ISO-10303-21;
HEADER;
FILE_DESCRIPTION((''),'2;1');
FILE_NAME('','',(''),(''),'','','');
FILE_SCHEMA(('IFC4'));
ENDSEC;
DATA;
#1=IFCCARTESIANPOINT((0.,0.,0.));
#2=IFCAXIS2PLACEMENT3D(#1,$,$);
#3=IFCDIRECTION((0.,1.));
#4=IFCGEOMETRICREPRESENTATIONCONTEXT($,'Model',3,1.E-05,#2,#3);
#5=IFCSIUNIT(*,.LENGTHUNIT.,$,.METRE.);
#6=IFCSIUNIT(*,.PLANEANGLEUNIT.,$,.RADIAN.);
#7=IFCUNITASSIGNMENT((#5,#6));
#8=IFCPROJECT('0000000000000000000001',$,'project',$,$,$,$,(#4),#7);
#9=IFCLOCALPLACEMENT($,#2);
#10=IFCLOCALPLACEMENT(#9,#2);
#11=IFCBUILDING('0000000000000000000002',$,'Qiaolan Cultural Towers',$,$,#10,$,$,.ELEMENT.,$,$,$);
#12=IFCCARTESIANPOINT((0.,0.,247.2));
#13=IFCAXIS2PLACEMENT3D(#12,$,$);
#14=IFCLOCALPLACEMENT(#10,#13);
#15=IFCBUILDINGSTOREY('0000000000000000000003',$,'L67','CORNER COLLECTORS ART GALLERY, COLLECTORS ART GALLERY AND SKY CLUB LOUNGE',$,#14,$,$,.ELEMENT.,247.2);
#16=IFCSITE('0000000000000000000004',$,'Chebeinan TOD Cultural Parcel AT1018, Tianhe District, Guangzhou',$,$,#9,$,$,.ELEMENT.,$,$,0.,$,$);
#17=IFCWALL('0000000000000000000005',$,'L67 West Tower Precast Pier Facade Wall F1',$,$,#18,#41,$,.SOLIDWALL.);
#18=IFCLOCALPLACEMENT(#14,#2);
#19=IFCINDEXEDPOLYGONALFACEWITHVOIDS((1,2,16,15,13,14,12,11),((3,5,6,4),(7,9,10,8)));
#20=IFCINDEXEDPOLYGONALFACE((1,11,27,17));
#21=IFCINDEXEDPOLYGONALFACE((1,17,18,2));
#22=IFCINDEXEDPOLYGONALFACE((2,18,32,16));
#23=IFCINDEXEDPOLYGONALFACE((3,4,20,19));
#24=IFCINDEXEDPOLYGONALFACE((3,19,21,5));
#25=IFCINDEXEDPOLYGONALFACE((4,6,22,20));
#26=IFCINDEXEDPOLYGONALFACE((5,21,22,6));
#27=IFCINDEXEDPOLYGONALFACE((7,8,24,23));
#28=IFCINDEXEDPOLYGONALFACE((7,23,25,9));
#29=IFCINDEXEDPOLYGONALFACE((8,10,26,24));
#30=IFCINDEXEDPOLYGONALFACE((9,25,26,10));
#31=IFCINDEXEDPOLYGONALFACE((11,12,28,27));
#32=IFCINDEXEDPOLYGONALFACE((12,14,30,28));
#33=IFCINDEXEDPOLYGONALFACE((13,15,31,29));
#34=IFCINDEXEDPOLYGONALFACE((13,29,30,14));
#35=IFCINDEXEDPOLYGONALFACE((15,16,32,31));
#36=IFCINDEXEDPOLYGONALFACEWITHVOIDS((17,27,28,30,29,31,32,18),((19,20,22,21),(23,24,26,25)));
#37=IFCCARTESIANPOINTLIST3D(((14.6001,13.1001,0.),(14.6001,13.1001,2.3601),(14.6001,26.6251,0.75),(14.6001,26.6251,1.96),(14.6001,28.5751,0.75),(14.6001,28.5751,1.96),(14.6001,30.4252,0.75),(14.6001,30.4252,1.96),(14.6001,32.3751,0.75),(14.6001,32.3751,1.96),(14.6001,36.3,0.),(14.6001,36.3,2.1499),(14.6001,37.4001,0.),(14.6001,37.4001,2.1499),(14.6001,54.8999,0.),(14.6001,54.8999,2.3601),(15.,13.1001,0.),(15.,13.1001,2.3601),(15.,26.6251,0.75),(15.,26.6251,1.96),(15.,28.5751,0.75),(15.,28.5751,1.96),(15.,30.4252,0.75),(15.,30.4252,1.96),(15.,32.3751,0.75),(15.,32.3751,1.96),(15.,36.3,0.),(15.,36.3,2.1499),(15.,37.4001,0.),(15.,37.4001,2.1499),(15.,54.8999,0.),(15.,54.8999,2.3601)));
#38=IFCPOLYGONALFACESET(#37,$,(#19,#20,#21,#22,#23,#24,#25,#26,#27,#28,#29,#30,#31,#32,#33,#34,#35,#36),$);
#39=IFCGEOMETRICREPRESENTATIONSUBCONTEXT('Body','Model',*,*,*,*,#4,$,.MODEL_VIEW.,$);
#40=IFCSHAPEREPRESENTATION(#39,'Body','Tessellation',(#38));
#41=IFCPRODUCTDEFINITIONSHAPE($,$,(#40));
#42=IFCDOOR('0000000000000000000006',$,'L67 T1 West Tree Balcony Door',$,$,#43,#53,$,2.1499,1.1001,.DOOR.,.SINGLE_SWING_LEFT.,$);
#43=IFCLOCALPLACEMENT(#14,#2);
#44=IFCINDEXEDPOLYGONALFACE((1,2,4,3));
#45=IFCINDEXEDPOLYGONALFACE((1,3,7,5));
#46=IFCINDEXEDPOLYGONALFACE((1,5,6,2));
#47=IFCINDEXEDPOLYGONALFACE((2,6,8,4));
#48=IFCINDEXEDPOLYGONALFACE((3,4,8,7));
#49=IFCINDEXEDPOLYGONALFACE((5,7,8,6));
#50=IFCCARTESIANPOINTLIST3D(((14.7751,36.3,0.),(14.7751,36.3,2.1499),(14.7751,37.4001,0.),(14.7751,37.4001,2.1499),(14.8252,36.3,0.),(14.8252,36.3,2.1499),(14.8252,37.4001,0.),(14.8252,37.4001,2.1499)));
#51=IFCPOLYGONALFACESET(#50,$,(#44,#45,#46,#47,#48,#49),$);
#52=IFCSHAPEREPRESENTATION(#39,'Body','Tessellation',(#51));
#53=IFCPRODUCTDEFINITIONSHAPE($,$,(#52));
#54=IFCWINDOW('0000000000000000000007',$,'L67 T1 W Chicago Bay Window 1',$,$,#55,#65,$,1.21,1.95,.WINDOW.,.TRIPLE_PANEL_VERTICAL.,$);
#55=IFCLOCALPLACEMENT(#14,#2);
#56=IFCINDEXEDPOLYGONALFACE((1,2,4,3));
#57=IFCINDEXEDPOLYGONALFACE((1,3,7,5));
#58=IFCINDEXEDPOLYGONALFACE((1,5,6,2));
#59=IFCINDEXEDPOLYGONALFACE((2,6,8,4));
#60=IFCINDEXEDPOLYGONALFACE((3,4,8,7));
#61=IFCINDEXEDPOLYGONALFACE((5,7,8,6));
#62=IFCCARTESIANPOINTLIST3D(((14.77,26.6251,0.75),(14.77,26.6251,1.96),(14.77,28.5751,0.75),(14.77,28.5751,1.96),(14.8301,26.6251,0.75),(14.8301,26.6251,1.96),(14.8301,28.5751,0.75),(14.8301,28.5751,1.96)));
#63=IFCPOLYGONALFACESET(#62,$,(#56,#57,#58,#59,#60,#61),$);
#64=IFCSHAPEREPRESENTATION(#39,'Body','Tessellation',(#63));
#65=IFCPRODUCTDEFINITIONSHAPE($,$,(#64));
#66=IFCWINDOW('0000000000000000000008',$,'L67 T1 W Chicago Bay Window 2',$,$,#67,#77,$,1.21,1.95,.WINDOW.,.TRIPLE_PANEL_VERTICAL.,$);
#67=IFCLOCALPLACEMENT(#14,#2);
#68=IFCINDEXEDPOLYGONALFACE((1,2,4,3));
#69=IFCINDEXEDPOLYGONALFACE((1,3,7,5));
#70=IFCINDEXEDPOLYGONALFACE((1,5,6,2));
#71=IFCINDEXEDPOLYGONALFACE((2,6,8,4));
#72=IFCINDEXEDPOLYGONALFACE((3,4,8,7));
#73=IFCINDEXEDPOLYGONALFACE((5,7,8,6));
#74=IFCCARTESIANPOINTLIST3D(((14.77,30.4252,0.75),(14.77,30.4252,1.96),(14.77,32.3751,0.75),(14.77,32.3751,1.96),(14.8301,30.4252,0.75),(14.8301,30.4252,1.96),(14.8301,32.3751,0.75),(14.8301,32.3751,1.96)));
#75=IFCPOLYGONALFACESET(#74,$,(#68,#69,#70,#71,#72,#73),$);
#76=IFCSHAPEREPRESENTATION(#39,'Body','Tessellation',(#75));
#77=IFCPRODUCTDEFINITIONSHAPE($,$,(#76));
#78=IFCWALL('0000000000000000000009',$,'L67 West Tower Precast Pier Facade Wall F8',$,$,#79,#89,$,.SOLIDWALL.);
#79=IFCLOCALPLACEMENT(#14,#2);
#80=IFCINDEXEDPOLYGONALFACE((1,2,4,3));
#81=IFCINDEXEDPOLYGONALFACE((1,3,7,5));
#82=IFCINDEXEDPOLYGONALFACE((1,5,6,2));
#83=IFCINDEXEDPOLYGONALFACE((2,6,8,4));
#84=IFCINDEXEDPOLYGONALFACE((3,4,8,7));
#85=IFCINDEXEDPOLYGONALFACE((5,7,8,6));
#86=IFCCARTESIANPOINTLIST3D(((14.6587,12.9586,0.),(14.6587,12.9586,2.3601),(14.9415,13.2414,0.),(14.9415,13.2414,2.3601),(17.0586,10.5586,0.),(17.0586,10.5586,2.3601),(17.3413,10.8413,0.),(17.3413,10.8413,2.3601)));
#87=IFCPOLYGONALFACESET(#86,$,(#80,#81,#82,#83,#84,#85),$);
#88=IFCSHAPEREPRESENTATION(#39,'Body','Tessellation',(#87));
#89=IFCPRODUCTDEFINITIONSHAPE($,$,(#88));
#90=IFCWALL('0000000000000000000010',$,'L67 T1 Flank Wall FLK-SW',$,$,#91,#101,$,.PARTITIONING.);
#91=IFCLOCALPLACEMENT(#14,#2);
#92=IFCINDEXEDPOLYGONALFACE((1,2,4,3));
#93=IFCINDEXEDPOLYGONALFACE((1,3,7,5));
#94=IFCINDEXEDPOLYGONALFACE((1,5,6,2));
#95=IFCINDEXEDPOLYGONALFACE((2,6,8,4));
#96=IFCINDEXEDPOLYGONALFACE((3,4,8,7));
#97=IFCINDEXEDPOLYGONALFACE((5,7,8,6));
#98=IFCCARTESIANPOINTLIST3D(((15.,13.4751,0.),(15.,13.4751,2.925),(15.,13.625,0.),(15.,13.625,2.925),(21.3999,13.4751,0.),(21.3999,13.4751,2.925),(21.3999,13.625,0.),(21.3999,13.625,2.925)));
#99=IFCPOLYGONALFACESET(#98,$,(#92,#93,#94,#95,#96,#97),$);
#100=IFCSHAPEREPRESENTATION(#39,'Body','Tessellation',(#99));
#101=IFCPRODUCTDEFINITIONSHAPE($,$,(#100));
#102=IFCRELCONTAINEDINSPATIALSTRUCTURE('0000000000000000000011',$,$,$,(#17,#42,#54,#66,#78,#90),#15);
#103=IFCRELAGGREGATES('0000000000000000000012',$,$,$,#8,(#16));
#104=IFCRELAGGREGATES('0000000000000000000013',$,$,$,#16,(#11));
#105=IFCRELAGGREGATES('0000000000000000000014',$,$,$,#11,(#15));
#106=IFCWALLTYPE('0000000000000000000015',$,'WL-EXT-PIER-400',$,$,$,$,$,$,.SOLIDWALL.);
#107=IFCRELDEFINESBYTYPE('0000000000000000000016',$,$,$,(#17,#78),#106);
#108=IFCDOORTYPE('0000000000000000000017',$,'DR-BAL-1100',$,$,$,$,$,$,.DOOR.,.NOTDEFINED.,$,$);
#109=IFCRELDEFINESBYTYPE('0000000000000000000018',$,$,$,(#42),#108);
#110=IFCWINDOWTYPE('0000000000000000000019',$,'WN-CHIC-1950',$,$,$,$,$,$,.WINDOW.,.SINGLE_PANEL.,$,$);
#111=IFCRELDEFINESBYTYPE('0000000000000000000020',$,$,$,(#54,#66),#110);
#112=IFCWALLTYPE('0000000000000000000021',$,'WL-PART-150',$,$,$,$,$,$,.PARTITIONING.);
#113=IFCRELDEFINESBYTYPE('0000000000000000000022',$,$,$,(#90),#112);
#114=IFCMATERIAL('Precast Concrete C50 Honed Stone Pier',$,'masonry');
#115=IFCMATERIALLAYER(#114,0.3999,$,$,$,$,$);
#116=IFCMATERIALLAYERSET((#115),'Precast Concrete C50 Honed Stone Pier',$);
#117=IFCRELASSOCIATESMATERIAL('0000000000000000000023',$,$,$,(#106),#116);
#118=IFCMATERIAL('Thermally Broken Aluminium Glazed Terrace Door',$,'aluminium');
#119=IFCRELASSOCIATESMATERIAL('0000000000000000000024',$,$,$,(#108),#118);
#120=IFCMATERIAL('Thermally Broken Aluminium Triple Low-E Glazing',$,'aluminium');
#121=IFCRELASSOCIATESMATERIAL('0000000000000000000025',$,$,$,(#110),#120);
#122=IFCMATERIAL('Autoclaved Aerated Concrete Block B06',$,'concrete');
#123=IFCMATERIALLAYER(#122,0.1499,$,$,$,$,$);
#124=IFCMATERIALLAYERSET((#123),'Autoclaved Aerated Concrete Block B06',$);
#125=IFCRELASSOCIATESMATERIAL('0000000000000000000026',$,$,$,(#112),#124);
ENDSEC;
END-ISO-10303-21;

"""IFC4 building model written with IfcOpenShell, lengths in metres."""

from ifc_helpers import new_model, si_unit, direction, frame, frame_2d, origin, place, context, subcontext, project, spatial, rectangle, extrude, material, layer, layer_set, type_object, element, fill, save


model = new_model("IFC4")

# Units and contexts
model_context = context("Model", 3, precision=1e-05, world=origin(), true_north=direction((0.0, 1.0)))
body_context = subcontext(model_context, "Body", "Model", "MODEL_VIEW")
ifc_project = project(units=[si_unit("LENGTHUNIT", "METRE"), si_unit("PLANEANGLEUNIT", "RADIAN")], contexts=[model_context])

# Site, building, storey
site_placement = place(None, origin())
site = spatial("IfcSite", under=ifc_project, at=site_placement, Name="Chebeinan TOD Cultural Parcel AT1018, Tianhe District, Guangzhou", CompositionType="ELEMENT", RefElevation=0.0)
building_placement = place(site_placement, origin())
building = spatial("IfcBuilding", under=site, at=building_placement, Name="Qiaolan Cultural Towers", CompositionType="ELEMENT")
storey_placement = place(building_placement, frame((0.0, 0.0, 247.2)))
storey = spatial("IfcBuildingStorey", under=building, at=storey_placement, Name="L67", Description="CORNER COLLECTORS ART GALLERY, COLLECTORS ART GALLERY AND SKY CLUB LOUNGE", CompositionType="ELEMENT", Elevation=247.2)

# Wall, openings, door, windows
ifc_material_1 = material(Name="Precast Concrete C50 Honed Stone Pier", Category="masonry")
ifc_layer_1 = layer(ifc_material_1, 0.3999)
ifc_layer_set_1 = layer_set([ifc_layer_1], Name="Precast Concrete C50 Honed Stone Pier")
wall_type_1 = type_object("IfcWallType", Name="WL-EXT-PIER-400", PredefinedType="SOLIDWALL", material=ifc_layer_set_1)
wall_1_placement = place(storey_placement, frame((14.8, 13.1001, 0.0), z_axis=(0.0, 0.0, 1.0), x_axis=(0.0, 1.0, 0.0)))
wall_1 = element("IfcWall", 1, at=wall_1_placement, inside=storey, type_object=wall_type_1, Name="L67 West Tower Precast Pier Facade Wall F1", PredefinedType="SOLIDWALL", context=body_context, shape_type="SweptSolid", body=[
    extrude(rectangle(XDim=41.7998, YDim=0.3999, at=frame_2d((20.8999, 0.0))), origin(), (0.0, 0.0, 1.0), 2.3601),
])
opening_1_placement = place(wall_1_placement, frame((13.5249, 0.0, 0.75)))
opening_1 = element("IfcOpeningElement", 2, at=opening_1_placement, cuts=wall_1, PredefinedType="OPENING", context=body_context, shape_type="SweptSolid", body=[
    extrude(rectangle(XDim=1.95, YDim=1.21, at=frame_2d((0.9751, 0.605))), frame((0.0, 0.21, 0.0), z_axis=(0.0, -1.0, 0.0), x_axis=(1.0, 0.0, 0.0)), (0.0, 0.0, 1.0), 0.4199),
])
opening_2_placement = place(wall_1_placement, frame((17.325, 0.0, 0.75)))
opening_2 = element("IfcOpeningElement", 3, at=opening_2_placement, cuts=wall_1, PredefinedType="OPENING", context=body_context, shape_type="SweptSolid", body=[
    extrude(rectangle(XDim=1.95, YDim=1.21, at=frame_2d((0.9751, 0.605))), frame((0.0, 0.21, 0.0), z_axis=(0.0, -1.0, 0.0), x_axis=(1.0, 0.0, 0.0)), (0.0, 0.0, 1.0), 0.4199),
])
opening_3_placement = place(wall_1_placement, frame((23.2, 0.0, 0.0)))
opening_3 = element("IfcOpeningElement", 4, at=opening_3_placement, cuts=wall_1, PredefinedType="OPENING", context=body_context, shape_type="SweptSolid", body=[
    extrude(rectangle(XDim=1.1001, YDim=2.1499, at=frame_2d((0.55, 1.075))), frame((0.0, 0.21, 0.0), z_axis=(0.0, -1.0, 0.0), x_axis=(1.0, 0.0, 0.0)), (0.0, 0.0, 1.0), 0.4199),
])
ifc_material_2 = material(Name="Thermally Broken Aluminium Glazed Terrace Door", Category="aluminium")
door_type = type_object("IfcDoorType", Name="DR-BAL-1100", OperationType="NOTDEFINED", PredefinedType="DOOR", material=ifc_material_2)
door_placement = place(opening_3_placement, origin())
door = element("IfcDoor", 5, at=door_placement, inside=storey, type_object=door_type, Name="L67 T1 West Tree Balcony Door", OperationType="SINGLE_SWING_LEFT", OverallHeight=2.1499, OverallWidth=1.1001, PredefinedType="DOOR", context=body_context, shape_type="SweptSolid", body=[
    extrude(rectangle(XDim=1.1001, YDim=2.1499, at=frame_2d((0.55, 1.075))), frame((0.0, 0.0249, 0.0), z_axis=(0.0, -1.0, 0.0), x_axis=(1.0, 0.0, 0.0)), (0.0, 0.0, 1.0), 0.05),
])
fill(opening_3, door)
ifc_material_3 = material(Name="Thermally Broken Aluminium Triple Low-E Glazing", Category="aluminium")
window_type = type_object("IfcWindowType", Name="WN-CHIC-1950", PartitioningType="SINGLE_PANEL", PredefinedType="WINDOW", material=ifc_material_3)
window_1_placement = place(opening_1_placement, origin())
window_1 = element("IfcWindow", 6, at=window_1_placement, inside=storey, type_object=window_type, Name="L67 T1 W Chicago Bay Window 1", OverallHeight=1.21, OverallWidth=1.95, PartitioningType="TRIPLE_PANEL_VERTICAL", PredefinedType="WINDOW", context=body_context, shape_type="SweptSolid", body=[
    extrude(rectangle(XDim=1.95, YDim=1.21, at=frame_2d((0.9751, 0.605))), frame((0.0, 0.03, 0.0), z_axis=(0.0, -1.0, 0.0), x_axis=(1.0, 0.0, 0.0)), (0.0, 0.0, 1.0), 0.0601),
])
fill(opening_1, window_1)
window_2_placement = place(opening_2_placement, origin())
window_2 = element("IfcWindow", 7, at=window_2_placement, inside=storey, type_object=window_type, Name="L67 T1 W Chicago Bay Window 2", OverallHeight=1.21, OverallWidth=1.95, PartitioningType="TRIPLE_PANEL_VERTICAL", PredefinedType="WINDOW", context=body_context, shape_type="SweptSolid", body=[
    extrude(rectangle(XDim=1.95, YDim=1.21, at=frame_2d((0.9751, 0.605))), frame((0.0, 0.03, 0.0), z_axis=(0.0, -1.0, 0.0), x_axis=(1.0, 0.0, 0.0)), (0.0, 0.0, 1.0), 0.0601),
])
fill(opening_2, window_2)

# Walls
wall_2_placement = place(storey_placement, frame((17.2, 10.7, 0.0), z_axis=(0.0, 0.0, 1.0), x_axis=(-0.707071, 0.707143, 0.0)))
element("IfcWall", 8, at=wall_2_placement, inside=storey, type_object=wall_type_1, Name="L67 West Tower Precast Pier Facade Wall F8", PredefinedType="SOLIDWALL", context=body_context, shape_type="SweptSolid", body=[
    extrude(rectangle(XDim=3.394, YDim=0.3999, at=frame_2d((1.697, 0.0))), origin(), (0.0, 0.0, 1.0), 2.3601),
])
ifc_material_4 = material(Name="Autoclaved Aerated Concrete Block B06", Category="concrete")
ifc_layer_2 = layer(ifc_material_4, 0.1499)
ifc_layer_set_2 = layer_set([ifc_layer_2], Name="Autoclaved Aerated Concrete Block B06")
wall_type_2 = type_object("IfcWallType", Name="WL-PART-150", PredefinedType="PARTITIONING", material=ifc_layer_set_2)
wall_3_placement = place(storey_placement, frame((15.0, 13.55, 0.0), z_axis=(0.0, 0.0, 1.0), x_axis=(1.0, 0.0, 0.0)))
element("IfcWall", 9, at=wall_3_placement, inside=storey, type_object=wall_type_2, Name="L67 T1 Flank Wall FLK-SW", PredefinedType="PARTITIONING", context=body_context, shape_type="SweptSolid", body=[
    extrude(rectangle(XDim=6.3999, YDim=0.1499, at=frame_2d((3.2, 0.0))), origin(), (0.0, 0.0, 1.0), 2.925),
])

save(model, "model.ifc")
